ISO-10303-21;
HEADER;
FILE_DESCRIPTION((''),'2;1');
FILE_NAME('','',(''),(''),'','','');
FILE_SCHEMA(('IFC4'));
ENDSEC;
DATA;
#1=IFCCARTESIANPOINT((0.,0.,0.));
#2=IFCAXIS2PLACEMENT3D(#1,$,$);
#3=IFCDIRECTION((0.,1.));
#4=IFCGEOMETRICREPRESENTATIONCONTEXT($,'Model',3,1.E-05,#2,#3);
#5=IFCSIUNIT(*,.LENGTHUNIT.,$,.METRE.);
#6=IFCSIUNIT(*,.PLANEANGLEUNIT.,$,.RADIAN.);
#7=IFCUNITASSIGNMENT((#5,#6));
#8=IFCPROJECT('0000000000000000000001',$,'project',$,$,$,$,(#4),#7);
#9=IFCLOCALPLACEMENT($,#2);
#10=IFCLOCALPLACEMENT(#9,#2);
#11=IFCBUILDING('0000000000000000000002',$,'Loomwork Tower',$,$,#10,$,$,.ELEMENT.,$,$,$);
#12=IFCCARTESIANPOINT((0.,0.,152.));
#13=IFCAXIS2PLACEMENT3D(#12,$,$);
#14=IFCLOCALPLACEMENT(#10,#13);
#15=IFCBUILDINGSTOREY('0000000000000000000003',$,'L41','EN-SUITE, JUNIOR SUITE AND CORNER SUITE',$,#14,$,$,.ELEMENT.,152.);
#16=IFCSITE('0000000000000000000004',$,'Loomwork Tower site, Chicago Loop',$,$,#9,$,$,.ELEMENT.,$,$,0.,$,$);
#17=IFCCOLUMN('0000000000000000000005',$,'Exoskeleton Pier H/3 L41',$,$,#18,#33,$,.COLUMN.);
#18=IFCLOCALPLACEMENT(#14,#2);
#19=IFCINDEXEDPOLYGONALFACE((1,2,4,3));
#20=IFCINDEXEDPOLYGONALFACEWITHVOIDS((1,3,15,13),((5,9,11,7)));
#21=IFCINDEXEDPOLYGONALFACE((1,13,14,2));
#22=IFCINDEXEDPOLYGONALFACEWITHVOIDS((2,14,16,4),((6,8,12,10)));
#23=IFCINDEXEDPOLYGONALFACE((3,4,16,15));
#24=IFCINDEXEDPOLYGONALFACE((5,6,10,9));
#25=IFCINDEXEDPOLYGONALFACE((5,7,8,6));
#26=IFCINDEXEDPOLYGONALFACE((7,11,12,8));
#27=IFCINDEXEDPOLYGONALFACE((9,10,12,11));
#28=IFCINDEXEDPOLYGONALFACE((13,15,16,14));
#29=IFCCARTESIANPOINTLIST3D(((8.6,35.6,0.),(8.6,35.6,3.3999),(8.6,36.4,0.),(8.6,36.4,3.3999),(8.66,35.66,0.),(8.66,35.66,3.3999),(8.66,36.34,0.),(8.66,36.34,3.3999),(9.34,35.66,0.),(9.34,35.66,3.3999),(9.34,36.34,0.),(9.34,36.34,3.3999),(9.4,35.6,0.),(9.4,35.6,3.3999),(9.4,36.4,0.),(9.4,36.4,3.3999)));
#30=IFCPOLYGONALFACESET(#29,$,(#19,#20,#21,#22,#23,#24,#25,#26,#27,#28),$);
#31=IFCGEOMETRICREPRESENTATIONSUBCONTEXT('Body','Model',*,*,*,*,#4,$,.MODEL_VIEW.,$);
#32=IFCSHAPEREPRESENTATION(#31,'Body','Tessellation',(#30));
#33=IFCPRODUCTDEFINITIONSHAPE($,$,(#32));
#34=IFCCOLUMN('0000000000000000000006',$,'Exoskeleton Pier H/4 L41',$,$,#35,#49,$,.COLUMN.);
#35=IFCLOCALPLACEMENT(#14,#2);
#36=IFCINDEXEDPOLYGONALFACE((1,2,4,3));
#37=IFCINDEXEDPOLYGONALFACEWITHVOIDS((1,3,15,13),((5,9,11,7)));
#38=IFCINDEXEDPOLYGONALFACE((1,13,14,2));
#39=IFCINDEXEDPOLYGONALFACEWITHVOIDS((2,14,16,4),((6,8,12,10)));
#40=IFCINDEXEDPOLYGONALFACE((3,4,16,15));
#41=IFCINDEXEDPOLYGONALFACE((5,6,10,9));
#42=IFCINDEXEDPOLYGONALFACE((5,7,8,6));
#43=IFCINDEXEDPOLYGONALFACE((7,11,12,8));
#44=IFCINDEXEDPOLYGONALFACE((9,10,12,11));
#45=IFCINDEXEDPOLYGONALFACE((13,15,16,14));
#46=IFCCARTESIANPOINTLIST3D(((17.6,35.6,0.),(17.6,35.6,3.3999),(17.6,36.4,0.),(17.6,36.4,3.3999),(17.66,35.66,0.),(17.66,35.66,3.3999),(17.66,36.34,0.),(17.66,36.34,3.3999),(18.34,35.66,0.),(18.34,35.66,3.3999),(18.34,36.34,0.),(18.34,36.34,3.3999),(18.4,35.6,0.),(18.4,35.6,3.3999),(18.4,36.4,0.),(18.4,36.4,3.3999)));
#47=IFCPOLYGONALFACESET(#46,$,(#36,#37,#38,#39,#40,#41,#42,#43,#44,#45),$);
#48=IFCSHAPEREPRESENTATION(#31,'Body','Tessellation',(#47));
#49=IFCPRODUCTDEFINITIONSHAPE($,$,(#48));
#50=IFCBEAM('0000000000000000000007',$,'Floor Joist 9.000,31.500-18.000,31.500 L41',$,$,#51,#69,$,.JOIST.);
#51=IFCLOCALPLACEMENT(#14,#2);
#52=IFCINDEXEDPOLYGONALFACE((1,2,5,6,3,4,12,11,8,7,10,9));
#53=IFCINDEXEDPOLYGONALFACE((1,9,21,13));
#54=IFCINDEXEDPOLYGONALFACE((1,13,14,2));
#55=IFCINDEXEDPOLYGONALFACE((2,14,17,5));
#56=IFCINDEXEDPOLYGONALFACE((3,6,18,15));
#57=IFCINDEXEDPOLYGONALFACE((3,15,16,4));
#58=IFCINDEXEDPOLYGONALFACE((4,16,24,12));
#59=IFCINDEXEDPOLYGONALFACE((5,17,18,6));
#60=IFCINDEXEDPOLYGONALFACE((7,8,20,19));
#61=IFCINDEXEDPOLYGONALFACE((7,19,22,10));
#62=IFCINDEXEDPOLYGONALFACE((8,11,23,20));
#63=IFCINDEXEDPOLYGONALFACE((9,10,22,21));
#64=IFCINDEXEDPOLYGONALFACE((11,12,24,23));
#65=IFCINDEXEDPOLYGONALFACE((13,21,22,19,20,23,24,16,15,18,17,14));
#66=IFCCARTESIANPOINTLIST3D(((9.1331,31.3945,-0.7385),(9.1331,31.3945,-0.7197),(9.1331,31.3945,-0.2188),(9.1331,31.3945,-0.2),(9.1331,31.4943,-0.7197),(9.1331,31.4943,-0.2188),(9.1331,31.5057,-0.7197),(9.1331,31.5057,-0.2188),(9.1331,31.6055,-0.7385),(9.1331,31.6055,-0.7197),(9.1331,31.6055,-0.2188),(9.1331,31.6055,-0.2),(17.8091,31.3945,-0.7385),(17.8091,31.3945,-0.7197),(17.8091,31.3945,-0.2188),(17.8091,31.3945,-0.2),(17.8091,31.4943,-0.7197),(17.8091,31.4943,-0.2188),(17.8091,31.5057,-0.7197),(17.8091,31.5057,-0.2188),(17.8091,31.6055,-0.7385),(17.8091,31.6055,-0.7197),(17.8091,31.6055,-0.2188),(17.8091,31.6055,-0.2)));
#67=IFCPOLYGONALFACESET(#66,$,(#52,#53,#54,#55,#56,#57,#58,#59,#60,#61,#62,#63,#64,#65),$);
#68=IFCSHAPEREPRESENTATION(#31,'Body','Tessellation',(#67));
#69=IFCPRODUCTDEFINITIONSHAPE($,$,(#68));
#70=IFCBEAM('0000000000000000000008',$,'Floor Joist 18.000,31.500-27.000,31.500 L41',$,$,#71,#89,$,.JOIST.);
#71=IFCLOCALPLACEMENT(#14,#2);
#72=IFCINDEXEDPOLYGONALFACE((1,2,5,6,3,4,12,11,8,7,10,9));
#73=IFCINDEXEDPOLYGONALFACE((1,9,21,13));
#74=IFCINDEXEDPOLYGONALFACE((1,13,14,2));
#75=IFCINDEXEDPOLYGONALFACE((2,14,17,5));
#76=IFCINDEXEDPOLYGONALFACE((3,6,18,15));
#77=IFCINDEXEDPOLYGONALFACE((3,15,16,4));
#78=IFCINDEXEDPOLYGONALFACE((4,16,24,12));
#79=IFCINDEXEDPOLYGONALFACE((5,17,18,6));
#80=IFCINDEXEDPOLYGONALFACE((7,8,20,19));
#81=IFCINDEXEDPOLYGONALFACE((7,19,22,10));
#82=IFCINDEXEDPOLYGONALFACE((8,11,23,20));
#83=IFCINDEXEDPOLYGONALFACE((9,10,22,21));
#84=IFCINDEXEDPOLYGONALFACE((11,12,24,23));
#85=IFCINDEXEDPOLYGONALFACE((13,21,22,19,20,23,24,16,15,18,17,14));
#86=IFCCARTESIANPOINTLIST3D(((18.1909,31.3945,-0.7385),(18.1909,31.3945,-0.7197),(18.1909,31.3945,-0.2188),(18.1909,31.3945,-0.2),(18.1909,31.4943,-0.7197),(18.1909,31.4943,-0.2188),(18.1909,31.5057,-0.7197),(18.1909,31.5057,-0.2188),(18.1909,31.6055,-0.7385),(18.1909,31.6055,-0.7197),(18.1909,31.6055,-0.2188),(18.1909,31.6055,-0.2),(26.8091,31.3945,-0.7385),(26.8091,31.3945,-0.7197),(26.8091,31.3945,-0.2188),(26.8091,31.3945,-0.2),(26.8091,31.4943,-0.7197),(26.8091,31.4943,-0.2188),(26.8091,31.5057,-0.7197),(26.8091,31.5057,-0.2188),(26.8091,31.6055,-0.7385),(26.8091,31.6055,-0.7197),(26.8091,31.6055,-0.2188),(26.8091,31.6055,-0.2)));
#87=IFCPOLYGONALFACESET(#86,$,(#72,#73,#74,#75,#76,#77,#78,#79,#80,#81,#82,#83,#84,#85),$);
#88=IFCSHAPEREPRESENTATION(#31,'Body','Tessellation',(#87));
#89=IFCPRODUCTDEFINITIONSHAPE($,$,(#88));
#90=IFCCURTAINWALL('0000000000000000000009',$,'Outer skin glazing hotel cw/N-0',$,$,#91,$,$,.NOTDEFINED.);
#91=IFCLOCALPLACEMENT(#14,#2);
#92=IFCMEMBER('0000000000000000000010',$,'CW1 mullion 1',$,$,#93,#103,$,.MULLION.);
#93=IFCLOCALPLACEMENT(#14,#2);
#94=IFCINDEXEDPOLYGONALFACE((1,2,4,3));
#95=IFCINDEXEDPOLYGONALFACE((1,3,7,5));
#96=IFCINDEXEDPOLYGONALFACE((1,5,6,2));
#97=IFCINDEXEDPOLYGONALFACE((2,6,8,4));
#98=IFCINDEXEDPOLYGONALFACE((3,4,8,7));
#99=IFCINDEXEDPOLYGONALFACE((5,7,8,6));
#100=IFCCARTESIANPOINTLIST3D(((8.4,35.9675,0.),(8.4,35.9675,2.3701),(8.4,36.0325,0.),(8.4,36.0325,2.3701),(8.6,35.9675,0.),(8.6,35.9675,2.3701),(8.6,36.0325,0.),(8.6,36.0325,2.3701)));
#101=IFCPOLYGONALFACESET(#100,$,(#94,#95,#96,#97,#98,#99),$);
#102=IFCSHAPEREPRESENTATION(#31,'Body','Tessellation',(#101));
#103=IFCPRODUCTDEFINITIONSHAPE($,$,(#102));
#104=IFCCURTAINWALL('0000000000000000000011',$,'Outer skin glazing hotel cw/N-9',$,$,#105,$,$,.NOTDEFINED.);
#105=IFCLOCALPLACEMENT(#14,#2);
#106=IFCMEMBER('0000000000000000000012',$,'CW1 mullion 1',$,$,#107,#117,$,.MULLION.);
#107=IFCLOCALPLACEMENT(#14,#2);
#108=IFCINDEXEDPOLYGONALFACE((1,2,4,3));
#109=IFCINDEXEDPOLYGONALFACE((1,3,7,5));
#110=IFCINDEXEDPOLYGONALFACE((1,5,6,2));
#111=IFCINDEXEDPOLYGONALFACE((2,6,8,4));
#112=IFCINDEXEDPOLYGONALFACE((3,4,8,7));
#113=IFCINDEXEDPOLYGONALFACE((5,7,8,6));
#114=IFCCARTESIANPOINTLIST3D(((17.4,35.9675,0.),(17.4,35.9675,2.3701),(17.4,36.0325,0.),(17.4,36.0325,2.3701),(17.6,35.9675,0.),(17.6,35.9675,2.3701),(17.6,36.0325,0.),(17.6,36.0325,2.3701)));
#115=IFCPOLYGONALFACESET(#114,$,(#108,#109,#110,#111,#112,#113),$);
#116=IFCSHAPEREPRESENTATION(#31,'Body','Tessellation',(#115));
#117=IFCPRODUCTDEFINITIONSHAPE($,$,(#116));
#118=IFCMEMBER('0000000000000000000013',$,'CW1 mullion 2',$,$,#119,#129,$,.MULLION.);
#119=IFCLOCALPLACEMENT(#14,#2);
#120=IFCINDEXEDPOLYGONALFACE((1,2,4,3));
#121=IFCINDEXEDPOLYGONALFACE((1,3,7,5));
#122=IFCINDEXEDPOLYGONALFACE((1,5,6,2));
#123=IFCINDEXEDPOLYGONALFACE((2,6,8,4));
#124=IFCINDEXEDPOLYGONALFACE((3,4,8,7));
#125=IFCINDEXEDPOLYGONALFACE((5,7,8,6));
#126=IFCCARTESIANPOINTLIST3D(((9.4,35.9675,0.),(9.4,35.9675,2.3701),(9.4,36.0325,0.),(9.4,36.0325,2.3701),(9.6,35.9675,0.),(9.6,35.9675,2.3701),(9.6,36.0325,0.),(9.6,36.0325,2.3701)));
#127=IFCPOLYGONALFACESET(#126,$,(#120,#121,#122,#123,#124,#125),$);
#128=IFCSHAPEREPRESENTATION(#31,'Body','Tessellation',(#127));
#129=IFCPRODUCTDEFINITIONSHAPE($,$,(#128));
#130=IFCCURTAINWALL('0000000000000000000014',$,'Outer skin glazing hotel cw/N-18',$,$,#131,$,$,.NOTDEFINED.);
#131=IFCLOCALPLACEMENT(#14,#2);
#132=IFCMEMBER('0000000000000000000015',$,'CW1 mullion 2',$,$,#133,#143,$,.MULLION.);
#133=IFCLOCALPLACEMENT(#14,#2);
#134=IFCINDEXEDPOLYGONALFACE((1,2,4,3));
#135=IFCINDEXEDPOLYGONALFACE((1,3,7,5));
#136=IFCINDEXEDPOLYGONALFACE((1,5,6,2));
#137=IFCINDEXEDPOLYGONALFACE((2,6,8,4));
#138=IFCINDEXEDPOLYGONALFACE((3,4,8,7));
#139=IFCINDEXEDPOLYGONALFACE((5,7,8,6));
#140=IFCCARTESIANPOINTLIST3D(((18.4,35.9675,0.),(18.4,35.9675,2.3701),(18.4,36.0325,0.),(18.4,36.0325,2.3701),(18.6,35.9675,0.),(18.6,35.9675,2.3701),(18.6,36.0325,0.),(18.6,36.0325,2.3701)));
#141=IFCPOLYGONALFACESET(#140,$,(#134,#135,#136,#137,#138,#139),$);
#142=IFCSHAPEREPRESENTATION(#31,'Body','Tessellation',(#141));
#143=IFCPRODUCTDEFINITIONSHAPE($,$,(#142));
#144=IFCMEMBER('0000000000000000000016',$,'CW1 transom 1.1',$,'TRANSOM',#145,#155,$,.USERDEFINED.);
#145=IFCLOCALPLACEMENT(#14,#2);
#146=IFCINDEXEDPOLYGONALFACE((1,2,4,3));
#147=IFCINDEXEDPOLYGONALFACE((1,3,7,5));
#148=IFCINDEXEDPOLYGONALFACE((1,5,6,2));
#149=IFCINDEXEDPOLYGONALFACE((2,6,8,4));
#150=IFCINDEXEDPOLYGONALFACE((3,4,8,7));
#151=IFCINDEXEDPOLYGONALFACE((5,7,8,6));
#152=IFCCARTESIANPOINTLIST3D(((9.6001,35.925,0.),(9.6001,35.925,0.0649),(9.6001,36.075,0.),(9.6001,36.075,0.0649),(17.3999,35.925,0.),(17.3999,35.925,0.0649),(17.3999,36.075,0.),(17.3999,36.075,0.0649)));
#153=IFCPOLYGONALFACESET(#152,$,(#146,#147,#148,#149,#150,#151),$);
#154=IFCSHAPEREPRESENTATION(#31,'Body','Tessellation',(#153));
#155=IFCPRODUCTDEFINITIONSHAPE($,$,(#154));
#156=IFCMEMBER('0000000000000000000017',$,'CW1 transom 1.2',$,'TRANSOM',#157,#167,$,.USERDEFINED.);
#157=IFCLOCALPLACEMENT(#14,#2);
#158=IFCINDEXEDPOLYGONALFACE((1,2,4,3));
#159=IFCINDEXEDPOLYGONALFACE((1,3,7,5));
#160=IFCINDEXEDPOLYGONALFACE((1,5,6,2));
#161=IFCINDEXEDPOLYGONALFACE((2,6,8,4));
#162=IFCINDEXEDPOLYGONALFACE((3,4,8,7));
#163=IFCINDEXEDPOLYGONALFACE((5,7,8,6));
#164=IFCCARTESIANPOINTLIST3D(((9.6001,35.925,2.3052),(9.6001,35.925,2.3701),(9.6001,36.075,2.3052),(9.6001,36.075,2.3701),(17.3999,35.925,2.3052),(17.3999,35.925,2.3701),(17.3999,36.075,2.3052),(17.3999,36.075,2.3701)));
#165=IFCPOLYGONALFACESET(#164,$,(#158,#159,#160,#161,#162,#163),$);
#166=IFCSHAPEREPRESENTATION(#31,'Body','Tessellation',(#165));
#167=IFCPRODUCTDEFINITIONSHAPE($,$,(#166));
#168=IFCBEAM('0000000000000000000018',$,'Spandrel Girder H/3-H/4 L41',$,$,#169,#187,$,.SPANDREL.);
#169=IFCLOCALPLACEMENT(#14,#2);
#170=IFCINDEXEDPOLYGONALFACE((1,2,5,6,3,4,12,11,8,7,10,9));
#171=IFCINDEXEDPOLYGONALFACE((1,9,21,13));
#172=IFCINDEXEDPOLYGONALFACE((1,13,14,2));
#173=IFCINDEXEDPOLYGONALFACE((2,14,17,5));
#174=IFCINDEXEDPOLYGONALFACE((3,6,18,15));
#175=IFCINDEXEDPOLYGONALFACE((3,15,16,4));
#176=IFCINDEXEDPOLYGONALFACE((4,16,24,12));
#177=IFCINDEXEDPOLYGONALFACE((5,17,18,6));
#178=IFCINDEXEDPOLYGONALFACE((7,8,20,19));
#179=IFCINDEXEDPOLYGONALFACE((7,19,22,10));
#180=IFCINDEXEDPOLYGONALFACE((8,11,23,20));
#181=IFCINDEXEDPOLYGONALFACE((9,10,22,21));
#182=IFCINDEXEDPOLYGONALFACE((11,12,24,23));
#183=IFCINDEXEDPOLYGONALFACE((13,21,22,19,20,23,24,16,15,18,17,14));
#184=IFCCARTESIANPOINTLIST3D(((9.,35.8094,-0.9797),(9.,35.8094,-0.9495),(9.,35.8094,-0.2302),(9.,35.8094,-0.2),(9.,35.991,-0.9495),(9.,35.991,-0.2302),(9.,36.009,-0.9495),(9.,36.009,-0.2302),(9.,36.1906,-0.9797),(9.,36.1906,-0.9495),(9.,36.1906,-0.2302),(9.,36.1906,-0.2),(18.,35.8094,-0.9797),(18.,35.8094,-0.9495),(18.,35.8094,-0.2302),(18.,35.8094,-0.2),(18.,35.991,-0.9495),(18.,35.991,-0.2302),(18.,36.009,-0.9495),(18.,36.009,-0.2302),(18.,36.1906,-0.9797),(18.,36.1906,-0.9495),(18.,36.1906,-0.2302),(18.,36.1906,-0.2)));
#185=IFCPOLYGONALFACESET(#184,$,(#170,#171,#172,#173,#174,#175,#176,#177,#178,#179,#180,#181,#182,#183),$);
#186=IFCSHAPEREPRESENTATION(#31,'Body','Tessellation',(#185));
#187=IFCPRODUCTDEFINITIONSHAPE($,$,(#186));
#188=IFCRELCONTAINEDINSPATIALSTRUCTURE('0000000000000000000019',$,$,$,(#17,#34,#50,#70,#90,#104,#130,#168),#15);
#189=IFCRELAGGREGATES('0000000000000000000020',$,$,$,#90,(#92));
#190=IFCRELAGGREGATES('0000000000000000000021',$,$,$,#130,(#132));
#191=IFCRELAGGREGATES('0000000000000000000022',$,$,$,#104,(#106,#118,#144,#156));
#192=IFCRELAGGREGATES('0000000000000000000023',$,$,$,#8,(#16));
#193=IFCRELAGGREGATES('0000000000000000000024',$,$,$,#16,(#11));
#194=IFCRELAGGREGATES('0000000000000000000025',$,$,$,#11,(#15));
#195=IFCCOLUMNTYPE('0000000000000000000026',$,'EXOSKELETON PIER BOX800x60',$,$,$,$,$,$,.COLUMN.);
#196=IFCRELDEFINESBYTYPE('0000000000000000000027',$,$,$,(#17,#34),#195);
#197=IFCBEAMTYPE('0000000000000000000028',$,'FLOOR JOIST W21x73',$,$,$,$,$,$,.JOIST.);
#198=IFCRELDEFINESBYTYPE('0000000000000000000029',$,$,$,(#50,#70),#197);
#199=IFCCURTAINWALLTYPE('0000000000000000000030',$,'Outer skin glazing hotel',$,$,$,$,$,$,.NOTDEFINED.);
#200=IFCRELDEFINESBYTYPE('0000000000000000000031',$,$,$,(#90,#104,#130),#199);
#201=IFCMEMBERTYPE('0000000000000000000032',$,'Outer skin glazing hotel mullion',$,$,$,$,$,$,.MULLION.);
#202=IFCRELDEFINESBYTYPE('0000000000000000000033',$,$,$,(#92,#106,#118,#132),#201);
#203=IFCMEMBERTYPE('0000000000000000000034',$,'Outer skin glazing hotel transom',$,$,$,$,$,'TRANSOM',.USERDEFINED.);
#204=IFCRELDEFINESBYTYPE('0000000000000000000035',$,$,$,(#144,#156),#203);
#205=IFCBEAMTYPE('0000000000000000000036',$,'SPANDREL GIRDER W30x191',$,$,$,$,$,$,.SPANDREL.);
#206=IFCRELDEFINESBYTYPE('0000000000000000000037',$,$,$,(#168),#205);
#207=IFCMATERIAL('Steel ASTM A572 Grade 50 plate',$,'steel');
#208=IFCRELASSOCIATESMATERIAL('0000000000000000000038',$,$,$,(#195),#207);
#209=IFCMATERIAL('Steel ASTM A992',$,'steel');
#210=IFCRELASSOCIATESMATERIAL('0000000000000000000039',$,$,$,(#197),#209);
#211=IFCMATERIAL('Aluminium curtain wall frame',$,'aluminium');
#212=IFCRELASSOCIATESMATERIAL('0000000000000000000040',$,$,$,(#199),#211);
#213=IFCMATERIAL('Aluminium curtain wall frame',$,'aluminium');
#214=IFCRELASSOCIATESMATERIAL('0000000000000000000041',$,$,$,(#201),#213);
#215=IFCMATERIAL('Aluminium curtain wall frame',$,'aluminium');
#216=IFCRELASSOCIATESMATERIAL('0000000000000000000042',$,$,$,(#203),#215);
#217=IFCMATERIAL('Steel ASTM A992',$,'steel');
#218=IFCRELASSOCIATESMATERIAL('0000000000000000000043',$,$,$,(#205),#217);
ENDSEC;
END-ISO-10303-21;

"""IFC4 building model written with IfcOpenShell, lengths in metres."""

from ifc_helpers import new_model, si_unit, direction, frame, origin, origin_2d, place, context, subcontext, project, spatial, rectangle, hollow_rectangle, i_section, extrude, material, material_profile, profile_set, type_object, element, aggregate, save


model = new_model("IFC4")

# Units and contexts
model_context = context("Model", 3, precision=1e-05, world=origin(), true_north=direction((0.0, 1.0)))
body_context = subcontext(model_context, "Body", "Model", "MODEL_VIEW")
ifc_project = project(units=[si_unit("LENGTHUNIT", "METRE"), si_unit("PLANEANGLEUNIT", "RADIAN")], contexts=[model_context])

# Site, building, storey
site_placement = place(None, origin())
site = spatial("IfcSite", under=ifc_project, at=site_placement, Name="Loomwork Tower site, Chicago Loop", CompositionType="ELEMENT", RefElevation=0.0)
building_placement = place(site_placement, origin())
building = spatial("IfcBuilding", under=site, at=building_placement, Name="Loomwork Tower", CompositionType="ELEMENT")
storey_placement = place(building_placement, frame((0.0, 0.0, 152.0)))
storey = spatial("IfcBuildingStorey", under=building, at=storey_placement, Name="L41", Description="EN-SUITE, JUNIOR SUITE AND CORNER SUITE", CompositionType="ELEMENT", Elevation=152.0)

# Columns
ifc_material_1 = material(Name="Steel ASTM A572 Grade 50 plate", Category="steel")
ifc_material_profile_1 = material_profile(ifc_material_1, hollow_rectangle(XDim=0.8, YDim=0.8, WallThickness=0.0601, at=origin_2d()), Name="BOX800x60")
ifc_profile_set_1 = profile_set([ifc_material_profile_1], Name="Steel ASTM A572 Grade 50 plate")
column_type = type_object("IfcColumnType", Name="EXOSKELETON PIER BOX800x60", PredefinedType="COLUMN", material=ifc_profile_set_1)
for number, where, z_axis, x_axis, name in (
    (1, (9.0, 36.0, 0.0), (0.0, 0.0, 1.0), (1.0, 0.0, 0.0), "Exoskeleton Pier H/3 L41"),
    (2, (18.0, 36.0, 0.0), (0.0, 0.0, 1.0), (1.0, 0.0, 0.0), "Exoskeleton Pier H/4 L41"),
):
    element("IfcColumn", number, at=place(storey_placement, frame(where, z_axis=z_axis, x_axis=x_axis)), inside=storey, type_object=column_type, Name=name, PredefinedType="COLUMN", context=body_context, shape_type="SweptSolid", body=[
        extrude(hollow_rectangle(XDim=0.8, YDim=0.8, WallThickness=0.0601, at=origin_2d()), origin(), (0.0, 0.0, 1.0), 3.3999),
    ])

# Beams
ifc_material_2 = material(Name="Steel ASTM A992", Category="steel")
ifc_material_profile_2 = material_profile(ifc_material_2, i_section(OverallWidth=0.2109, OverallDepth=0.5386, WebThickness=0.0115, FlangeThickness=0.0188, at=origin_2d()), Name="W21x73")
ifc_profile_set_2 = profile_set([ifc_material_profile_2], Name="Steel ASTM A992")
beam_type_1 = type_object("IfcBeamType", Name="FLOOR JOIST W21x73", PredefinedType="JOIST", material=ifc_profile_set_2)
beam_1_placement = place(storey_placement, frame((9.1331, 31.5, -0.4692), z_axis=(1.0, 0.0, 0.0), x_axis=(0.0, 1.0, 0.0)))
element("IfcBeam", 3, at=beam_1_placement, inside=storey, type_object=beam_type_1, Name="Floor Joist 9.000,31.500-18.000,31.500 L41", PredefinedType="JOIST", context=body_context, shape_type="SweptSolid", body=[
    extrude(i_section(OverallWidth=0.2109, OverallDepth=0.5386, WebThickness=0.0115, FlangeThickness=0.0188, at=origin_2d()), origin(), (0.0, 0.0, 1.0), 8.676),
])
beam_2_placement = place(storey_placement, frame((18.1909, 31.5, -0.4692), z_axis=(1.0, 0.0, 0.0), x_axis=(0.0, 1.0, 0.0)))
element("IfcBeam", 4, at=beam_2_placement, inside=storey, type_object=beam_type_1, Name="Floor Joist 18.000,31.500-27.000,31.500 L41", PredefinedType="JOIST", context=body_context, shape_type="SweptSolid", body=[
    extrude(i_section(OverallWidth=0.2109, OverallDepth=0.5386, WebThickness=0.0115, FlangeThickness=0.0188, at=origin_2d()), origin(), (0.0, 0.0, 1.0), 8.6182),
])

# Curtain wall, member
ifc_material_3 = material(Name="Aluminium curtain wall frame", Category="aluminium")
curtain_wall_type = type_object("IfcCurtainWallType", Name="Outer skin glazing hotel", PredefinedType="NOTDEFINED", material=ifc_material_3)
curtain_wall_1_placement = place(storey_placement, origin())
curtain_wall_1 = element("IfcCurtainWall", 5, at=curtain_wall_1_placement, inside=storey, type_object=curtain_wall_type, Name="Outer skin glazing hotel cw/N-0", PredefinedType="NOTDEFINED")
ifc_material_4 = material(Name="Aluminium curtain wall frame", Category="aluminium")
ifc_material_profile_3 = material_profile(ifc_material_4, rectangle(XDim=0.0649, YDim=0.2, at=origin_2d()), Name="AL 65x200")
ifc_profile_set_3 = profile_set([ifc_material_profile_3], Name="Aluminium curtain wall frame")
member_type_1 = type_object("IfcMemberType", Name="Outer skin glazing hotel mullion", PredefinedType="MULLION", material=ifc_profile_set_3)
member_1_placement = place(storey_placement, frame((8.5, 36.0, 0.0), z_axis=(0.0, 0.0, 1.0), x_axis=(0.0, -1.0, 0.0)))
member_1 = element("IfcMember", 6, at=member_1_placement, type_object=member_type_1, Name="CW1 mullion 1", PredefinedType="MULLION", context=body_context, shape_type="SweptSolid", body=[
    extrude(rectangle(XDim=0.0649, YDim=0.2, at=origin_2d()), origin(), (0.0, 0.0, 1.0), 2.3701),
])
aggregate(curtain_wall_1, [member_1])

# Curtain wall, members
curtain_wall_2_placement = place(storey_placement, origin())
curtain_wall_2 = element("IfcCurtainWall", 7, at=curtain_wall_2_placement, inside=storey, type_object=curtain_wall_type, Name="Outer skin glazing hotel cw/N-9", PredefinedType="NOTDEFINED")
member_2_placement = place(storey_placement, frame((17.5, 36.0, 0.0), z_axis=(0.0, 0.0, 1.0), x_axis=(0.0, -1.0, 0.0)))
member_2 = element("IfcMember", 8, at=member_2_placement, type_object=member_type_1, Name="CW1 mullion 1", PredefinedType="MULLION", context=body_context, shape_type="SweptSolid", body=[
    extrude(rectangle(XDim=0.0649, YDim=0.2, at=origin_2d()), origin(), (0.0, 0.0, 1.0), 2.3701),
])
member_3_placement = place(storey_placement, frame((9.5, 36.0, 0.0), z_axis=(0.0, 0.0, 1.0), x_axis=(0.0, -1.0, 0.0)))
member_3 = element("IfcMember", 9, at=member_3_placement, type_object=member_type_1, Name="CW1 mullion 2", PredefinedType="MULLION", context=body_context, shape_type="SweptSolid", body=[
    extrude(rectangle(XDim=0.0649, YDim=0.2, at=origin_2d()), origin(), (0.0, 0.0, 1.0), 2.3701),
])

# Curtain wall, member
curtain_wall_3_placement = place(storey_placement, origin())
curtain_wall_3 = element("IfcCurtainWall", 10, at=curtain_wall_3_placement, inside=storey, type_object=curtain_wall_type, Name="Outer skin glazing hotel cw/N-18", PredefinedType="NOTDEFINED")
member_4_placement = place(storey_placement, frame((18.5, 36.0, 0.0), z_axis=(0.0, 0.0, 1.0), x_axis=(0.0, -1.0, 0.0)))
member_4 = element("IfcMember", 11, at=member_4_placement, type_object=member_type_1, Name="CW1 mullion 2", PredefinedType="MULLION", context=body_context, shape_type="SweptSolid", body=[
    extrude(rectangle(XDim=0.0649, YDim=0.2, at=origin_2d()), origin(), (0.0, 0.0, 1.0), 2.3701),
])
aggregate(curtain_wall_3, [member_4])

# Members
ifc_material_5 = material(Name="Aluminium curtain wall frame", Category="aluminium")
ifc_material_profile_4 = material_profile(ifc_material_5, rectangle(XDim=0.1499, YDim=0.0649, at=origin_2d()), Name="AL 65x150")
ifc_profile_set_4 = profile_set([ifc_material_profile_4], Name="Aluminium curtain wall frame")
member_type_2 = type_object("IfcMemberType", Name="Outer skin glazing hotel transom", ElementType="TRANSOM", PredefinedType="USERDEFINED", material=ifc_profile_set_4)
member_5_placement = place(storey_placement, frame((17.3999, 36.0, 0.0325), z_axis=(-1.0, 0.0, 0.0), x_axis=(0.0, -1.0, 0.0)))
member_5 = element("IfcMember", 12, at=member_5_placement, type_object=member_type_2, Name="CW1 transom 1.1", ObjectType="TRANSOM", PredefinedType="USERDEFINED", context=body_context, shape_type="SweptSolid", body=[
    extrude(rectangle(XDim=0.1499, YDim=0.0649, at=origin_2d()), origin(), (0.0, 0.0, 1.0), 7.7998),
])
member_6_placement = place(storey_placement, frame((17.3999, 36.0, 2.3376), z_axis=(-1.0, 0.0, 0.0), x_axis=(0.0, -1.0, 0.0)))
member_6 = element("IfcMember", 13, at=member_6_placement, type_object=member_type_2, Name="CW1 transom 1.2", ObjectType="TRANSOM", PredefinedType="USERDEFINED", context=body_context, shape_type="SweptSolid", body=[
    extrude(rectangle(XDim=0.1499, YDim=0.0649, at=origin_2d()), origin(), (0.0, 0.0, 1.0), 7.7998),
])

# Beam
ifc_material_6 = material(Name="Steel ASTM A992", Category="steel")
ifc_material_profile_5 = material_profile(ifc_material_6, i_section(OverallWidth=0.3811, OverallDepth=0.7798, WebThickness=0.0181, FlangeThickness=0.0303, at=origin_2d()), Name="W30x191")
ifc_profile_set_5 = profile_set([ifc_material_profile_5], Name="Steel ASTM A992")
beam_type_2 = type_object("IfcBeamType", Name="SPANDREL GIRDER W30x191", PredefinedType="SPANDREL", material=ifc_profile_set_5)
for number, where, z_axis, x_axis, name in (
    (14, (9.0, 36.0, -0.5898), (1.0, 0.0, 0.0), (0.0, 1.0, 0.0), "Spandrel Girder H/3-H/4 L41"),
):
    element("IfcBeam", number, at=place(storey_placement, frame(where, z_axis=z_axis, x_axis=x_axis)), inside=storey, type_object=beam_type_2, Name=name, PredefinedType="SPANDREL", context=body_context, shape_type="SweptSolid", body=[
        extrude(i_section(OverallWidth=0.3811, OverallDepth=0.7798, WebThickness=0.0181, FlangeThickness=0.0303, at=origin_2d()), origin(), (0.0, 0.0, 1.0), 9.0),
    ])

aggregate(curtain_wall_2, [member_2, member_3, member_5, member_6])

save(model, "model.ifc")
